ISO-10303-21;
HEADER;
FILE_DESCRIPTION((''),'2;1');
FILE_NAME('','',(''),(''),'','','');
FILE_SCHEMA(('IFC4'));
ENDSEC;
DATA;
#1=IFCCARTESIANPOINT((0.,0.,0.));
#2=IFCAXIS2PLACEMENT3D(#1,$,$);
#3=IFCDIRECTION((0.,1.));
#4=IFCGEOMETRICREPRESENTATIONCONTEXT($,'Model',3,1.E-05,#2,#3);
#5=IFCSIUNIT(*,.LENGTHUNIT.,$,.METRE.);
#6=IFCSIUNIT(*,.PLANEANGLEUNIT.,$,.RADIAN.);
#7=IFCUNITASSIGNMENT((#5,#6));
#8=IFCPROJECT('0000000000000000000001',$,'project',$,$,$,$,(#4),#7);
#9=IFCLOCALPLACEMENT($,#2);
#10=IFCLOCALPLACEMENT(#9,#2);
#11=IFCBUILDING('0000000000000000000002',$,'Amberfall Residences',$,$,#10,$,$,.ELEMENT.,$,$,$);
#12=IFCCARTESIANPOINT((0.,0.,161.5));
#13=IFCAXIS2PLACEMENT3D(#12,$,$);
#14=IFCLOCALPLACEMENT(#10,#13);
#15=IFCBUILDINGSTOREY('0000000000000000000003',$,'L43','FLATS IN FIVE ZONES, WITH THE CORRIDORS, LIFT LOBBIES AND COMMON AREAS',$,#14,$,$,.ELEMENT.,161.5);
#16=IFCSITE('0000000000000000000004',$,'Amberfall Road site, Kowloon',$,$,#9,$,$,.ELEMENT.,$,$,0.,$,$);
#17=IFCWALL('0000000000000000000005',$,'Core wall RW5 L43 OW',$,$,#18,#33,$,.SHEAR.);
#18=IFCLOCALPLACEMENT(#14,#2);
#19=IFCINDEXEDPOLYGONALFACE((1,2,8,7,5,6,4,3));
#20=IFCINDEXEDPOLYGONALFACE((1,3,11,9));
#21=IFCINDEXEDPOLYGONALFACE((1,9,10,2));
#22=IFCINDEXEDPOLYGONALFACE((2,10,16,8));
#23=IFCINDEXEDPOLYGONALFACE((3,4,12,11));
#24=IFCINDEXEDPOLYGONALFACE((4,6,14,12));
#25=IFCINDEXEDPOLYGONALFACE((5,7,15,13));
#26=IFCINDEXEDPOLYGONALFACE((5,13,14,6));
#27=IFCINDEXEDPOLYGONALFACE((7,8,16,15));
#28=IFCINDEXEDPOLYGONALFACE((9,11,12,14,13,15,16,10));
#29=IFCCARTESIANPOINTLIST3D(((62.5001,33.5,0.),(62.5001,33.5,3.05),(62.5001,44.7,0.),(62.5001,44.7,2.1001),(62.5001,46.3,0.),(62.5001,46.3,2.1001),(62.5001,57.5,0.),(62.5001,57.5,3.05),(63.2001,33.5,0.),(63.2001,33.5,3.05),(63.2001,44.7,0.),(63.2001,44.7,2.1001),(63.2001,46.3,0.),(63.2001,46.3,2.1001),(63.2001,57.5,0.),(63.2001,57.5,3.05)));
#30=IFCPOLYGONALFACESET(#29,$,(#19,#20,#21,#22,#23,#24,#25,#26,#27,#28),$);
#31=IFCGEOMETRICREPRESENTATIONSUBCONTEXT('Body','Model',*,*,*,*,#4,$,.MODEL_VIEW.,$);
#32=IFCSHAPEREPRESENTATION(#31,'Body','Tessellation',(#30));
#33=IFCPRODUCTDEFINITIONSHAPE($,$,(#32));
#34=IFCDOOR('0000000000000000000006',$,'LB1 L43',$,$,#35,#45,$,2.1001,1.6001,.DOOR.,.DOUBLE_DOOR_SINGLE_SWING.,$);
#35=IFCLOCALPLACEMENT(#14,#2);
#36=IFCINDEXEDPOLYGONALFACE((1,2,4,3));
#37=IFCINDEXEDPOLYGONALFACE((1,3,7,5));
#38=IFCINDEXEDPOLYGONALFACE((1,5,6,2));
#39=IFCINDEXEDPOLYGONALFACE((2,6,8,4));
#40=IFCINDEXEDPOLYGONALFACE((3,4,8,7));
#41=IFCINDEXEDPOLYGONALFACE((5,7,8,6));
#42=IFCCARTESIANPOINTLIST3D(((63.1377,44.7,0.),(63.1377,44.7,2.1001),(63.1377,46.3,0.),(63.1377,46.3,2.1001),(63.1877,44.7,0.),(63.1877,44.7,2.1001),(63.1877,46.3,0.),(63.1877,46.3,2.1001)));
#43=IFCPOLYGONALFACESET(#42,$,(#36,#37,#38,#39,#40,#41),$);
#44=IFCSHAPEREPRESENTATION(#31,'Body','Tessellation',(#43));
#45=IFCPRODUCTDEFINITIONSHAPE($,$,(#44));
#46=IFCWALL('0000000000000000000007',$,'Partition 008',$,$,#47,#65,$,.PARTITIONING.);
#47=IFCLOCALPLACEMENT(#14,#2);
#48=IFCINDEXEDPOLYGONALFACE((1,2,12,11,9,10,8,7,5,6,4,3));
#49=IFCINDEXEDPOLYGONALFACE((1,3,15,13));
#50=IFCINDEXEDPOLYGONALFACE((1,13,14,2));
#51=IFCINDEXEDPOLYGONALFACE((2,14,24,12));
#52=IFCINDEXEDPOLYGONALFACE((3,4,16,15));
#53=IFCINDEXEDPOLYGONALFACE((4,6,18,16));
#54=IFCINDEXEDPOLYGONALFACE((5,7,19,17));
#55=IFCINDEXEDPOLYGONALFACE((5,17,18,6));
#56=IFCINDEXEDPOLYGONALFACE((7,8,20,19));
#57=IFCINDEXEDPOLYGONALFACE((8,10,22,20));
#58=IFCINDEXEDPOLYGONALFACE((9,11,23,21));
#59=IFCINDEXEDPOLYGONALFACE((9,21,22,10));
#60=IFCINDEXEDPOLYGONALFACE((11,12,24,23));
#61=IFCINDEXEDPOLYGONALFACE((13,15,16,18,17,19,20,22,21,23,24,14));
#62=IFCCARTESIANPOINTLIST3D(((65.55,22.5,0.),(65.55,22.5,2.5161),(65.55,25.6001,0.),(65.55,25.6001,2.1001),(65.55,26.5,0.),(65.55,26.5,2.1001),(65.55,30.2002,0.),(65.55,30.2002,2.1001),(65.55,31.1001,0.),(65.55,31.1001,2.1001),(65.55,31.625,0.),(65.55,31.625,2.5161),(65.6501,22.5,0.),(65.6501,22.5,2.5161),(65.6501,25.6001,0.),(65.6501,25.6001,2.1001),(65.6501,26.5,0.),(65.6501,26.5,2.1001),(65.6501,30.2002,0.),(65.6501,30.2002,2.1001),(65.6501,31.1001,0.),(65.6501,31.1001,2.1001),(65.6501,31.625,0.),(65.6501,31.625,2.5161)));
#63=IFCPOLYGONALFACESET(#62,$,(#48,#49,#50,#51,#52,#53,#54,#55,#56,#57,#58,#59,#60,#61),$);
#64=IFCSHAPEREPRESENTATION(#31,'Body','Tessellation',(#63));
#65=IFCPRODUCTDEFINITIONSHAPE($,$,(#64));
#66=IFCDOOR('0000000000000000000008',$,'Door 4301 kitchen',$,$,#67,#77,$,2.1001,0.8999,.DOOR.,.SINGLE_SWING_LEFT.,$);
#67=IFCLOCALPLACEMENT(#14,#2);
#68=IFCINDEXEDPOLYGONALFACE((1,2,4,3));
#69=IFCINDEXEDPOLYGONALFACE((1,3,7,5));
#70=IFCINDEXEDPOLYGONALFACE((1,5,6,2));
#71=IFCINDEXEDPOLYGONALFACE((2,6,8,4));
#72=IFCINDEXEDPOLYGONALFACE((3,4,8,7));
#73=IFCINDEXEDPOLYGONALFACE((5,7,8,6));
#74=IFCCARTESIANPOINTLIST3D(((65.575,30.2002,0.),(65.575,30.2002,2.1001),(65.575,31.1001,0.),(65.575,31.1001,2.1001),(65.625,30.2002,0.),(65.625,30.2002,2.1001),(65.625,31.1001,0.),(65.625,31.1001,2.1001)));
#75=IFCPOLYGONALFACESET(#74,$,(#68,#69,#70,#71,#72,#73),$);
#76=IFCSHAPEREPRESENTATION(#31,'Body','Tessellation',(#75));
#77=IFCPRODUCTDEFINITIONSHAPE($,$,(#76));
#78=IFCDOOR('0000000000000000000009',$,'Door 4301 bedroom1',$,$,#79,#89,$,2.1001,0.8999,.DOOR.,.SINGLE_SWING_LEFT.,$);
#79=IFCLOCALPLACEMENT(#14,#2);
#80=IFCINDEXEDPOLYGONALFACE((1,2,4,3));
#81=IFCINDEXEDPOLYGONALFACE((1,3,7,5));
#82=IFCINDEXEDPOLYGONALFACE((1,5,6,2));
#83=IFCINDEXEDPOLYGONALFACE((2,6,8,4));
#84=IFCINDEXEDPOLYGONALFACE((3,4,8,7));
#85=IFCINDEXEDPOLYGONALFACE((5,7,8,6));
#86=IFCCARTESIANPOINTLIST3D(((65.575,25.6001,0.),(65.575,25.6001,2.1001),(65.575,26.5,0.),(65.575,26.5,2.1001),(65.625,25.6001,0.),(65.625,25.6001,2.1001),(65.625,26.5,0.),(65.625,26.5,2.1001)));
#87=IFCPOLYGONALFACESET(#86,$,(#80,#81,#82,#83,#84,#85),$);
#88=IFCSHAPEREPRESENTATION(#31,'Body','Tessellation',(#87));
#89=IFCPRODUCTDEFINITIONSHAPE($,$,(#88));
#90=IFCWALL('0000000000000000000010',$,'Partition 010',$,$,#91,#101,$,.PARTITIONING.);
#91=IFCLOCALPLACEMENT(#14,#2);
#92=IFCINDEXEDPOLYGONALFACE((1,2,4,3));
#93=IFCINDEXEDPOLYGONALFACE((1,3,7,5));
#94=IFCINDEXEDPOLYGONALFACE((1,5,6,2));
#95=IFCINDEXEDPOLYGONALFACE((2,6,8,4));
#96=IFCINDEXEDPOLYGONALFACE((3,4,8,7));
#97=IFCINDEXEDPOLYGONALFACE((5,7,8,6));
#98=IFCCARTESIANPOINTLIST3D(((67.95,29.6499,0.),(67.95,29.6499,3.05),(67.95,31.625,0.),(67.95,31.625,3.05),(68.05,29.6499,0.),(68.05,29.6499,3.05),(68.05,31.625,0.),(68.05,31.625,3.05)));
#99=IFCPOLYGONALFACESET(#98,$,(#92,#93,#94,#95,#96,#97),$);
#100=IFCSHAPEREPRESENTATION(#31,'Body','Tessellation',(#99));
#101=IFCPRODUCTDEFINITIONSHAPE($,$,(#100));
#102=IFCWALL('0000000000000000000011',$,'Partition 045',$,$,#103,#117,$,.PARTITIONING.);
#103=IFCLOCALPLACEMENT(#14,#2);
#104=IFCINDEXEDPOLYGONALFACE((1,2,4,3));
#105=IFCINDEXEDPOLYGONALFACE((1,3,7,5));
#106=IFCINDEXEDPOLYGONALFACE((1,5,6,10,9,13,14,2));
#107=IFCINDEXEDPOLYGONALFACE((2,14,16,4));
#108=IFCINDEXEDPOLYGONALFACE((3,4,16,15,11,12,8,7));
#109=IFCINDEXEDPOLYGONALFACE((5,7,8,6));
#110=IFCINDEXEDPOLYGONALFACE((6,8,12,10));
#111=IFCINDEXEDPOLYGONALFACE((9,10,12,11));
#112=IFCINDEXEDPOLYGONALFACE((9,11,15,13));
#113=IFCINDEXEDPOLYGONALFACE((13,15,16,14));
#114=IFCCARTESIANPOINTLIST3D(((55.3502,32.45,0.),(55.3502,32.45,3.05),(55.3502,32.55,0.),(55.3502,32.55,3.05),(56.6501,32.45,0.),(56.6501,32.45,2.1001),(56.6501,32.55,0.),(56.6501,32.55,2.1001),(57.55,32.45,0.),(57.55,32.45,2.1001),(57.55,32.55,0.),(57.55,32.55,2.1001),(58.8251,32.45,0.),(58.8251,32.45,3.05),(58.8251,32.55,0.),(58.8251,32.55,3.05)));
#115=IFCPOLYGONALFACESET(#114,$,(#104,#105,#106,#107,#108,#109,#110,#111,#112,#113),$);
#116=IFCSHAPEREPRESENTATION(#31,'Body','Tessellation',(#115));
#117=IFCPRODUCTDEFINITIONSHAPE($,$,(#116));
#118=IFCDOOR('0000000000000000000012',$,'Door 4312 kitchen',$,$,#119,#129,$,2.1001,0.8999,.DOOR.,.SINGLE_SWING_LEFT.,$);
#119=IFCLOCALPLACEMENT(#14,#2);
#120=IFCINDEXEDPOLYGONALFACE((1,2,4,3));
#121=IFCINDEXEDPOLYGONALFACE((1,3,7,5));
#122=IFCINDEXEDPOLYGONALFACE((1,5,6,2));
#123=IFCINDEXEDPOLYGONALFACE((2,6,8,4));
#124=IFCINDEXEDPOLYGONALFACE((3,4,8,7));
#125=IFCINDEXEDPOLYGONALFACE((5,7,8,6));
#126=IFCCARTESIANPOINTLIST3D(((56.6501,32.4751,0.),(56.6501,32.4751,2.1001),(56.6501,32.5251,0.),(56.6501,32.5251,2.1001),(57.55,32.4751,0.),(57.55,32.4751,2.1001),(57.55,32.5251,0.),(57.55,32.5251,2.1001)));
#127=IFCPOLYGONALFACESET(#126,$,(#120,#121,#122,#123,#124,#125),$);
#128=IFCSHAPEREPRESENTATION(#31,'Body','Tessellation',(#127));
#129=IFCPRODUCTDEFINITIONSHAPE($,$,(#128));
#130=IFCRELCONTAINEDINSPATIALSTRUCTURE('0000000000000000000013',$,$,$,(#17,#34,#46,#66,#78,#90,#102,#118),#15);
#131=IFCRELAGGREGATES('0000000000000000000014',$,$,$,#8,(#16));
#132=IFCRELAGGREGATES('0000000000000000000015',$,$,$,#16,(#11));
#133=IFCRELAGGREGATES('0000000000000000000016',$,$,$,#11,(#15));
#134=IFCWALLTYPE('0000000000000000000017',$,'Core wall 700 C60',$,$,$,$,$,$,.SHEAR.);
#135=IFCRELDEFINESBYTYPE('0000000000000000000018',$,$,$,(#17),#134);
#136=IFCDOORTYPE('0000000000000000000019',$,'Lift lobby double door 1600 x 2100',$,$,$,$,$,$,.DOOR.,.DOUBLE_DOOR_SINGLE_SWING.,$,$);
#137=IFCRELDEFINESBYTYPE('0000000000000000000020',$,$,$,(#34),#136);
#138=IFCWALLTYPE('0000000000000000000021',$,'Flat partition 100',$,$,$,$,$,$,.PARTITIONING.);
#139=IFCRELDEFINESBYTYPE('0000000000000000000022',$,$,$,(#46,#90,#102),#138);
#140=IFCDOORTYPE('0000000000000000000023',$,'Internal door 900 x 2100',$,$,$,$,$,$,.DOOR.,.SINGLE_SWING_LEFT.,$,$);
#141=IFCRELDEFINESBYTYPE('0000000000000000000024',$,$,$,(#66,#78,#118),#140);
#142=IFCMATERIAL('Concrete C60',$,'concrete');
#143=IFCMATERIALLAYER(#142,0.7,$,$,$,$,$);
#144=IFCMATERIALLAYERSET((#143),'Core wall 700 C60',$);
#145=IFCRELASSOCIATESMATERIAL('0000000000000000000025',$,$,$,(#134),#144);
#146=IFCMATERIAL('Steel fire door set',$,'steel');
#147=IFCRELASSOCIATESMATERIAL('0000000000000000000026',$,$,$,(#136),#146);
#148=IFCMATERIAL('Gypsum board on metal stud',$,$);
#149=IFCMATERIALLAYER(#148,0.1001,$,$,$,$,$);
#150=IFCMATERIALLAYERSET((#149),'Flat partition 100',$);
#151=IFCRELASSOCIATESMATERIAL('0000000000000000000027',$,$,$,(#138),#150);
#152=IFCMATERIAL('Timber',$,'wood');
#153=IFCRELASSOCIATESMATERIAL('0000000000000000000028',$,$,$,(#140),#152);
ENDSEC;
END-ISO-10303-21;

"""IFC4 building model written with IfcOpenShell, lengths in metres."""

from ifc_helpers import new_model, si_unit, direction, frame, frame_2d, origin, place, context, subcontext, project, spatial, rectangle, extrude, material, layer, layer_set, type_object, element, fill, save


model = new_model("IFC4")

# Units and contexts
model_context = context("Model", 3, precision=1e-05, world=origin(), true_north=direction((0.0, 1.0)))
body_context = subcontext(model_context, "Body", "Model", "MODEL_VIEW")
ifc_project = project(units=[si_unit("LENGTHUNIT", "METRE"), si_unit("PLANEANGLEUNIT", "RADIAN")], contexts=[model_context])

# Site, building, storey
site_placement = place(None, origin())
site = spatial("IfcSite", under=ifc_project, at=site_placement, Name="Amberfall Road site, Kowloon", CompositionType="ELEMENT", RefElevation=0.0)
building_placement = place(site_placement, origin())
building = spatial("IfcBuilding", under=site, at=building_placement, Name="Amberfall Residences", CompositionType="ELEMENT")
storey_placement = place(building_placement, frame((0.0, 0.0, 161.5)))
storey = spatial("IfcBuildingStorey", under=building, at=storey_placement, Name="L43", Description="FLATS IN FIVE ZONES, WITH THE CORRIDORS, LIFT LOBBIES AND COMMON AREAS", CompositionType="ELEMENT", Elevation=161.5)

# Shared definitions
ifc_material_1 = material(Name="Concrete C60", Category="concrete")
ifc_material_2 = material(Name="Steel fire door set", Category="steel")

# Shared definitions
ifc_layer_1 = layer(ifc_material_1, 0.7)
ifc_layer_set_1 = layer_set([ifc_layer_1], Name="Core wall 700 C60")
wall_type_1 = type_object("IfcWallType", Name="Core wall 700 C60", PredefinedType="SHEAR", material=ifc_layer_set_1)

# Wall, opening, door
wall_1_placement = place(storey_placement, frame((62.8501, 33.5, 0.0), z_axis=(0.0, 0.0, 1.0), x_axis=(0.0, 1.0, 0.0)))
wall_1 = element("IfcWall", 1, at=wall_1_placement, inside=storey, type_object=wall_type_1, Name="Core wall RW5 L43 OW", PredefinedType="SHEAR", context=body_context, shape_type="SweptSolid", body=[
    extrude(rectangle(XDim=24.0, YDim=0.7, at=frame_2d((12.0, 0.0))), origin(), (0.0, 0.0, 1.0), 3.05),
])
opening_1_placement = place(wall_1_placement, frame((11.2, 0.0, 0.0)))
opening_1 = element("IfcOpeningElement", 2, at=opening_1_placement, cuts=wall_1, PredefinedType="OPENING", context=body_context, shape_type="SweptSolid", body=[
    extrude(rectangle(XDim=1.6001, YDim=2.1001, at=frame_2d((0.8, 1.05))), frame((0.0, 0.3599, 0.0), z_axis=(0.0, -1.0, 0.0), x_axis=(1.0, 0.0, 0.0)), (0.0, 0.0, 1.0), 0.72),
])
door_type_1 = type_object("IfcDoorType", Name="Lift lobby double door 1600 x 2100", OperationType="DOUBLE_DOOR_SINGLE_SWING", PredefinedType="DOOR", material=ifc_material_2)
door_1_placement = place(opening_1_placement, origin())
door_1 = element("IfcDoor", 3, at=door_1_placement, inside=storey, type_object=door_type_1, Name="LB1 L43", OperationType="DOUBLE_DOOR_SINGLE_SWING", OverallHeight=2.1001, OverallWidth=1.6001, PredefinedType="DOOR", context=body_context, shape_type="SweptSolid", body=[
    extrude(rectangle(XDim=1.6001, YDim=2.1001, at=frame_2d((0.8, 1.05))), frame((0.0, -0.2876, 0.0), z_axis=(0.0, -1.0, 0.0), x_axis=(1.0, 0.0, 0.0)), (0.0, 0.0, 1.0), 0.05),
])
fill(opening_1, door_1)

# Wall, openings, doors
ifc_material_3 = material(Name="Gypsum board on metal stud")
ifc_layer_2 = layer(ifc_material_3, 0.1001)
ifc_layer_set_2 = layer_set([ifc_layer_2], Name="Flat partition 100")
wall_type_2 = type_object("IfcWallType", Name="Flat partition 100", PredefinedType="PARTITIONING", material=ifc_layer_set_2)
wall_2_placement = place(storey_placement, frame((65.6001, 31.625, 0.0), z_axis=(0.0, 0.0, 1.0), x_axis=(0.0, -1.0, 0.0)))
wall_2 = element("IfcWall", 4, at=wall_2_placement, inside=storey, type_object=wall_type_2, Name="Partition 008", PredefinedType="PARTITIONING", context=body_context, shape_type="SweptSolid", body=[
    extrude(rectangle(XDim=9.125, YDim=0.1001, at=frame_2d((4.5625, 0.0))), origin(), (0.0, 0.0, 1.0), 2.5161),
])
opening_2_placement = place(wall_2_placement, frame((0.5249, 0.0, 0.0)))
opening_2 = element("IfcOpeningElement", 5, at=opening_2_placement, cuts=wall_2, PredefinedType="OPENING", context=body_context, shape_type="SweptSolid", body=[
    extrude(rectangle(XDim=0.8999, YDim=2.1001, at=frame_2d((0.45, 1.05))), frame((0.0, 0.0601, 0.0), z_axis=(0.0, -1.0, 0.0), x_axis=(1.0, 0.0, 0.0)), (0.0, 0.0, 1.0), 0.1201),
])
opening_3_placement = place(wall_2_placement, frame((5.125, 0.0, 0.0)))
opening_3 = element("IfcOpeningElement", 6, at=opening_3_placement, cuts=wall_2, PredefinedType="OPENING", context=body_context, shape_type="SweptSolid", body=[
    extrude(rectangle(XDim=0.8999, YDim=2.1001, at=frame_2d((0.45, 1.05))), frame((0.0, 0.0601, 0.0), z_axis=(0.0, -1.0, 0.0), x_axis=(1.0, 0.0, 0.0)), (0.0, 0.0, 1.0), 0.1201),
])
ifc_material_4 = material(Name="Timber", Category="wood")
door_type_2 = type_object("IfcDoorType", Name="Internal door 900 x 2100", OperationType="SINGLE_SWING_LEFT", PredefinedType="DOOR", material=ifc_material_4)
door_2_placement = place(opening_2_placement, origin())
door_2 = element("IfcDoor", 7, at=door_2_placement, inside=storey, type_object=door_type_2, Name="Door 4301 kitchen", OperationType="SINGLE_SWING_LEFT", OverallHeight=2.1001, OverallWidth=0.8999, PredefinedType="DOOR", context=body_context, shape_type="SweptSolid", body=[
    extrude(rectangle(XDim=0.8999, YDim=2.1001, at=frame_2d((0.45, 1.05))), frame((0.0, 0.0249, 0.0), z_axis=(0.0, -1.0, 0.0), x_axis=(1.0, 0.0, 0.0)), (0.0, 0.0, 1.0), 0.05),
])
fill(opening_2, door_2)
door_3_placement = place(opening_3_placement, origin())
door_3 = element("IfcDoor", 8, at=door_3_placement, inside=storey, type_object=door_type_2, Name="Door 4301 bedroom1", OperationType="SINGLE_SWING_LEFT", OverallHeight=2.1001, OverallWidth=0.8999, PredefinedType="DOOR", context=body_context, shape_type="SweptSolid", body=[
    extrude(rectangle(XDim=0.8999, YDim=2.1001, at=frame_2d((0.45, 1.05))), frame((0.0, 0.0249, 0.0), z_axis=(0.0, -1.0, 0.0), x_axis=(1.0, 0.0, 0.0)), (0.0, 0.0, 1.0), 0.05),
])
fill(opening_3, door_3)

# Wall
wall_3_placement = place(storey_placement, frame((68.0, 29.6499, 0.0), z_axis=(0.0, 0.0, 1.0), x_axis=(0.0, 1.0, 0.0)))
element("IfcWall", 9, at=wall_3_placement, inside=storey, type_object=wall_type_2, Name="Partition 010", PredefinedType="PARTITIONING", context=body_context, shape_type="SweptSolid", body=[
    extrude(rectangle(XDim=1.9751, YDim=0.1001, at=frame_2d((0.9875, 0.0))), origin(), (0.0, 0.0, 1.0), 3.05),
])

# Wall, opening, door
wall_4_placement = place(storey_placement, frame((58.825, 32.5, 0.0), z_axis=(0.0, 0.0, 1.0), x_axis=(-1.0, 0.0, 0.0)))
wall_4 = element("IfcWall", 10, at=wall_4_placement, inside=storey, type_object=wall_type_2, Name="Partition 045", PredefinedType="PARTITIONING", context=body_context, shape_type="SweptSolid", body=[
    extrude(rectangle(XDim=3.4749, YDim=0.1001, at=frame_2d((1.7373, 0.0))), origin(), (0.0, 0.0, 1.0), 3.05),
])
opening_4_placement = place(wall_4_placement, frame((1.2749, 0.0, 0.0)))
opening_4 = element("IfcOpeningElement", 11, at=opening_4_placement, cuts=wall_4, PredefinedType="OPENING", context=body_context, shape_type="SweptSolid", body=[
    extrude(rectangle(XDim=0.8999, YDim=2.1001, at=frame_2d((0.45, 1.05))), frame((0.0, 0.0601, 0.0), z_axis=(0.0, -1.0, 0.0), x_axis=(1.0, 0.0, 0.0)), (0.0, 0.0, 1.0), 0.1201),
])
door_4_placement = place(opening_4_placement, origin())
door_4 = element("IfcDoor", 12, at=door_4_placement, inside=storey, type_object=door_type_2, Name="Door 4312 kitchen", OperationType="SINGLE_SWING_LEFT", OverallHeight=2.1001, OverallWidth=0.8999, PredefinedType="DOOR", context=body_context, shape_type="SweptSolid", body=[
    extrude(rectangle(XDim=0.8999, YDim=2.1001, at=frame_2d((0.45, 1.05))), frame((0.0, 0.0249, 0.0), z_axis=(0.0, -1.0, 0.0), x_axis=(1.0, 0.0, 0.0)), (0.0, 0.0, 1.0), 0.05),
])
fill(opening_4, door_4)

save(model, "model.ifc")
